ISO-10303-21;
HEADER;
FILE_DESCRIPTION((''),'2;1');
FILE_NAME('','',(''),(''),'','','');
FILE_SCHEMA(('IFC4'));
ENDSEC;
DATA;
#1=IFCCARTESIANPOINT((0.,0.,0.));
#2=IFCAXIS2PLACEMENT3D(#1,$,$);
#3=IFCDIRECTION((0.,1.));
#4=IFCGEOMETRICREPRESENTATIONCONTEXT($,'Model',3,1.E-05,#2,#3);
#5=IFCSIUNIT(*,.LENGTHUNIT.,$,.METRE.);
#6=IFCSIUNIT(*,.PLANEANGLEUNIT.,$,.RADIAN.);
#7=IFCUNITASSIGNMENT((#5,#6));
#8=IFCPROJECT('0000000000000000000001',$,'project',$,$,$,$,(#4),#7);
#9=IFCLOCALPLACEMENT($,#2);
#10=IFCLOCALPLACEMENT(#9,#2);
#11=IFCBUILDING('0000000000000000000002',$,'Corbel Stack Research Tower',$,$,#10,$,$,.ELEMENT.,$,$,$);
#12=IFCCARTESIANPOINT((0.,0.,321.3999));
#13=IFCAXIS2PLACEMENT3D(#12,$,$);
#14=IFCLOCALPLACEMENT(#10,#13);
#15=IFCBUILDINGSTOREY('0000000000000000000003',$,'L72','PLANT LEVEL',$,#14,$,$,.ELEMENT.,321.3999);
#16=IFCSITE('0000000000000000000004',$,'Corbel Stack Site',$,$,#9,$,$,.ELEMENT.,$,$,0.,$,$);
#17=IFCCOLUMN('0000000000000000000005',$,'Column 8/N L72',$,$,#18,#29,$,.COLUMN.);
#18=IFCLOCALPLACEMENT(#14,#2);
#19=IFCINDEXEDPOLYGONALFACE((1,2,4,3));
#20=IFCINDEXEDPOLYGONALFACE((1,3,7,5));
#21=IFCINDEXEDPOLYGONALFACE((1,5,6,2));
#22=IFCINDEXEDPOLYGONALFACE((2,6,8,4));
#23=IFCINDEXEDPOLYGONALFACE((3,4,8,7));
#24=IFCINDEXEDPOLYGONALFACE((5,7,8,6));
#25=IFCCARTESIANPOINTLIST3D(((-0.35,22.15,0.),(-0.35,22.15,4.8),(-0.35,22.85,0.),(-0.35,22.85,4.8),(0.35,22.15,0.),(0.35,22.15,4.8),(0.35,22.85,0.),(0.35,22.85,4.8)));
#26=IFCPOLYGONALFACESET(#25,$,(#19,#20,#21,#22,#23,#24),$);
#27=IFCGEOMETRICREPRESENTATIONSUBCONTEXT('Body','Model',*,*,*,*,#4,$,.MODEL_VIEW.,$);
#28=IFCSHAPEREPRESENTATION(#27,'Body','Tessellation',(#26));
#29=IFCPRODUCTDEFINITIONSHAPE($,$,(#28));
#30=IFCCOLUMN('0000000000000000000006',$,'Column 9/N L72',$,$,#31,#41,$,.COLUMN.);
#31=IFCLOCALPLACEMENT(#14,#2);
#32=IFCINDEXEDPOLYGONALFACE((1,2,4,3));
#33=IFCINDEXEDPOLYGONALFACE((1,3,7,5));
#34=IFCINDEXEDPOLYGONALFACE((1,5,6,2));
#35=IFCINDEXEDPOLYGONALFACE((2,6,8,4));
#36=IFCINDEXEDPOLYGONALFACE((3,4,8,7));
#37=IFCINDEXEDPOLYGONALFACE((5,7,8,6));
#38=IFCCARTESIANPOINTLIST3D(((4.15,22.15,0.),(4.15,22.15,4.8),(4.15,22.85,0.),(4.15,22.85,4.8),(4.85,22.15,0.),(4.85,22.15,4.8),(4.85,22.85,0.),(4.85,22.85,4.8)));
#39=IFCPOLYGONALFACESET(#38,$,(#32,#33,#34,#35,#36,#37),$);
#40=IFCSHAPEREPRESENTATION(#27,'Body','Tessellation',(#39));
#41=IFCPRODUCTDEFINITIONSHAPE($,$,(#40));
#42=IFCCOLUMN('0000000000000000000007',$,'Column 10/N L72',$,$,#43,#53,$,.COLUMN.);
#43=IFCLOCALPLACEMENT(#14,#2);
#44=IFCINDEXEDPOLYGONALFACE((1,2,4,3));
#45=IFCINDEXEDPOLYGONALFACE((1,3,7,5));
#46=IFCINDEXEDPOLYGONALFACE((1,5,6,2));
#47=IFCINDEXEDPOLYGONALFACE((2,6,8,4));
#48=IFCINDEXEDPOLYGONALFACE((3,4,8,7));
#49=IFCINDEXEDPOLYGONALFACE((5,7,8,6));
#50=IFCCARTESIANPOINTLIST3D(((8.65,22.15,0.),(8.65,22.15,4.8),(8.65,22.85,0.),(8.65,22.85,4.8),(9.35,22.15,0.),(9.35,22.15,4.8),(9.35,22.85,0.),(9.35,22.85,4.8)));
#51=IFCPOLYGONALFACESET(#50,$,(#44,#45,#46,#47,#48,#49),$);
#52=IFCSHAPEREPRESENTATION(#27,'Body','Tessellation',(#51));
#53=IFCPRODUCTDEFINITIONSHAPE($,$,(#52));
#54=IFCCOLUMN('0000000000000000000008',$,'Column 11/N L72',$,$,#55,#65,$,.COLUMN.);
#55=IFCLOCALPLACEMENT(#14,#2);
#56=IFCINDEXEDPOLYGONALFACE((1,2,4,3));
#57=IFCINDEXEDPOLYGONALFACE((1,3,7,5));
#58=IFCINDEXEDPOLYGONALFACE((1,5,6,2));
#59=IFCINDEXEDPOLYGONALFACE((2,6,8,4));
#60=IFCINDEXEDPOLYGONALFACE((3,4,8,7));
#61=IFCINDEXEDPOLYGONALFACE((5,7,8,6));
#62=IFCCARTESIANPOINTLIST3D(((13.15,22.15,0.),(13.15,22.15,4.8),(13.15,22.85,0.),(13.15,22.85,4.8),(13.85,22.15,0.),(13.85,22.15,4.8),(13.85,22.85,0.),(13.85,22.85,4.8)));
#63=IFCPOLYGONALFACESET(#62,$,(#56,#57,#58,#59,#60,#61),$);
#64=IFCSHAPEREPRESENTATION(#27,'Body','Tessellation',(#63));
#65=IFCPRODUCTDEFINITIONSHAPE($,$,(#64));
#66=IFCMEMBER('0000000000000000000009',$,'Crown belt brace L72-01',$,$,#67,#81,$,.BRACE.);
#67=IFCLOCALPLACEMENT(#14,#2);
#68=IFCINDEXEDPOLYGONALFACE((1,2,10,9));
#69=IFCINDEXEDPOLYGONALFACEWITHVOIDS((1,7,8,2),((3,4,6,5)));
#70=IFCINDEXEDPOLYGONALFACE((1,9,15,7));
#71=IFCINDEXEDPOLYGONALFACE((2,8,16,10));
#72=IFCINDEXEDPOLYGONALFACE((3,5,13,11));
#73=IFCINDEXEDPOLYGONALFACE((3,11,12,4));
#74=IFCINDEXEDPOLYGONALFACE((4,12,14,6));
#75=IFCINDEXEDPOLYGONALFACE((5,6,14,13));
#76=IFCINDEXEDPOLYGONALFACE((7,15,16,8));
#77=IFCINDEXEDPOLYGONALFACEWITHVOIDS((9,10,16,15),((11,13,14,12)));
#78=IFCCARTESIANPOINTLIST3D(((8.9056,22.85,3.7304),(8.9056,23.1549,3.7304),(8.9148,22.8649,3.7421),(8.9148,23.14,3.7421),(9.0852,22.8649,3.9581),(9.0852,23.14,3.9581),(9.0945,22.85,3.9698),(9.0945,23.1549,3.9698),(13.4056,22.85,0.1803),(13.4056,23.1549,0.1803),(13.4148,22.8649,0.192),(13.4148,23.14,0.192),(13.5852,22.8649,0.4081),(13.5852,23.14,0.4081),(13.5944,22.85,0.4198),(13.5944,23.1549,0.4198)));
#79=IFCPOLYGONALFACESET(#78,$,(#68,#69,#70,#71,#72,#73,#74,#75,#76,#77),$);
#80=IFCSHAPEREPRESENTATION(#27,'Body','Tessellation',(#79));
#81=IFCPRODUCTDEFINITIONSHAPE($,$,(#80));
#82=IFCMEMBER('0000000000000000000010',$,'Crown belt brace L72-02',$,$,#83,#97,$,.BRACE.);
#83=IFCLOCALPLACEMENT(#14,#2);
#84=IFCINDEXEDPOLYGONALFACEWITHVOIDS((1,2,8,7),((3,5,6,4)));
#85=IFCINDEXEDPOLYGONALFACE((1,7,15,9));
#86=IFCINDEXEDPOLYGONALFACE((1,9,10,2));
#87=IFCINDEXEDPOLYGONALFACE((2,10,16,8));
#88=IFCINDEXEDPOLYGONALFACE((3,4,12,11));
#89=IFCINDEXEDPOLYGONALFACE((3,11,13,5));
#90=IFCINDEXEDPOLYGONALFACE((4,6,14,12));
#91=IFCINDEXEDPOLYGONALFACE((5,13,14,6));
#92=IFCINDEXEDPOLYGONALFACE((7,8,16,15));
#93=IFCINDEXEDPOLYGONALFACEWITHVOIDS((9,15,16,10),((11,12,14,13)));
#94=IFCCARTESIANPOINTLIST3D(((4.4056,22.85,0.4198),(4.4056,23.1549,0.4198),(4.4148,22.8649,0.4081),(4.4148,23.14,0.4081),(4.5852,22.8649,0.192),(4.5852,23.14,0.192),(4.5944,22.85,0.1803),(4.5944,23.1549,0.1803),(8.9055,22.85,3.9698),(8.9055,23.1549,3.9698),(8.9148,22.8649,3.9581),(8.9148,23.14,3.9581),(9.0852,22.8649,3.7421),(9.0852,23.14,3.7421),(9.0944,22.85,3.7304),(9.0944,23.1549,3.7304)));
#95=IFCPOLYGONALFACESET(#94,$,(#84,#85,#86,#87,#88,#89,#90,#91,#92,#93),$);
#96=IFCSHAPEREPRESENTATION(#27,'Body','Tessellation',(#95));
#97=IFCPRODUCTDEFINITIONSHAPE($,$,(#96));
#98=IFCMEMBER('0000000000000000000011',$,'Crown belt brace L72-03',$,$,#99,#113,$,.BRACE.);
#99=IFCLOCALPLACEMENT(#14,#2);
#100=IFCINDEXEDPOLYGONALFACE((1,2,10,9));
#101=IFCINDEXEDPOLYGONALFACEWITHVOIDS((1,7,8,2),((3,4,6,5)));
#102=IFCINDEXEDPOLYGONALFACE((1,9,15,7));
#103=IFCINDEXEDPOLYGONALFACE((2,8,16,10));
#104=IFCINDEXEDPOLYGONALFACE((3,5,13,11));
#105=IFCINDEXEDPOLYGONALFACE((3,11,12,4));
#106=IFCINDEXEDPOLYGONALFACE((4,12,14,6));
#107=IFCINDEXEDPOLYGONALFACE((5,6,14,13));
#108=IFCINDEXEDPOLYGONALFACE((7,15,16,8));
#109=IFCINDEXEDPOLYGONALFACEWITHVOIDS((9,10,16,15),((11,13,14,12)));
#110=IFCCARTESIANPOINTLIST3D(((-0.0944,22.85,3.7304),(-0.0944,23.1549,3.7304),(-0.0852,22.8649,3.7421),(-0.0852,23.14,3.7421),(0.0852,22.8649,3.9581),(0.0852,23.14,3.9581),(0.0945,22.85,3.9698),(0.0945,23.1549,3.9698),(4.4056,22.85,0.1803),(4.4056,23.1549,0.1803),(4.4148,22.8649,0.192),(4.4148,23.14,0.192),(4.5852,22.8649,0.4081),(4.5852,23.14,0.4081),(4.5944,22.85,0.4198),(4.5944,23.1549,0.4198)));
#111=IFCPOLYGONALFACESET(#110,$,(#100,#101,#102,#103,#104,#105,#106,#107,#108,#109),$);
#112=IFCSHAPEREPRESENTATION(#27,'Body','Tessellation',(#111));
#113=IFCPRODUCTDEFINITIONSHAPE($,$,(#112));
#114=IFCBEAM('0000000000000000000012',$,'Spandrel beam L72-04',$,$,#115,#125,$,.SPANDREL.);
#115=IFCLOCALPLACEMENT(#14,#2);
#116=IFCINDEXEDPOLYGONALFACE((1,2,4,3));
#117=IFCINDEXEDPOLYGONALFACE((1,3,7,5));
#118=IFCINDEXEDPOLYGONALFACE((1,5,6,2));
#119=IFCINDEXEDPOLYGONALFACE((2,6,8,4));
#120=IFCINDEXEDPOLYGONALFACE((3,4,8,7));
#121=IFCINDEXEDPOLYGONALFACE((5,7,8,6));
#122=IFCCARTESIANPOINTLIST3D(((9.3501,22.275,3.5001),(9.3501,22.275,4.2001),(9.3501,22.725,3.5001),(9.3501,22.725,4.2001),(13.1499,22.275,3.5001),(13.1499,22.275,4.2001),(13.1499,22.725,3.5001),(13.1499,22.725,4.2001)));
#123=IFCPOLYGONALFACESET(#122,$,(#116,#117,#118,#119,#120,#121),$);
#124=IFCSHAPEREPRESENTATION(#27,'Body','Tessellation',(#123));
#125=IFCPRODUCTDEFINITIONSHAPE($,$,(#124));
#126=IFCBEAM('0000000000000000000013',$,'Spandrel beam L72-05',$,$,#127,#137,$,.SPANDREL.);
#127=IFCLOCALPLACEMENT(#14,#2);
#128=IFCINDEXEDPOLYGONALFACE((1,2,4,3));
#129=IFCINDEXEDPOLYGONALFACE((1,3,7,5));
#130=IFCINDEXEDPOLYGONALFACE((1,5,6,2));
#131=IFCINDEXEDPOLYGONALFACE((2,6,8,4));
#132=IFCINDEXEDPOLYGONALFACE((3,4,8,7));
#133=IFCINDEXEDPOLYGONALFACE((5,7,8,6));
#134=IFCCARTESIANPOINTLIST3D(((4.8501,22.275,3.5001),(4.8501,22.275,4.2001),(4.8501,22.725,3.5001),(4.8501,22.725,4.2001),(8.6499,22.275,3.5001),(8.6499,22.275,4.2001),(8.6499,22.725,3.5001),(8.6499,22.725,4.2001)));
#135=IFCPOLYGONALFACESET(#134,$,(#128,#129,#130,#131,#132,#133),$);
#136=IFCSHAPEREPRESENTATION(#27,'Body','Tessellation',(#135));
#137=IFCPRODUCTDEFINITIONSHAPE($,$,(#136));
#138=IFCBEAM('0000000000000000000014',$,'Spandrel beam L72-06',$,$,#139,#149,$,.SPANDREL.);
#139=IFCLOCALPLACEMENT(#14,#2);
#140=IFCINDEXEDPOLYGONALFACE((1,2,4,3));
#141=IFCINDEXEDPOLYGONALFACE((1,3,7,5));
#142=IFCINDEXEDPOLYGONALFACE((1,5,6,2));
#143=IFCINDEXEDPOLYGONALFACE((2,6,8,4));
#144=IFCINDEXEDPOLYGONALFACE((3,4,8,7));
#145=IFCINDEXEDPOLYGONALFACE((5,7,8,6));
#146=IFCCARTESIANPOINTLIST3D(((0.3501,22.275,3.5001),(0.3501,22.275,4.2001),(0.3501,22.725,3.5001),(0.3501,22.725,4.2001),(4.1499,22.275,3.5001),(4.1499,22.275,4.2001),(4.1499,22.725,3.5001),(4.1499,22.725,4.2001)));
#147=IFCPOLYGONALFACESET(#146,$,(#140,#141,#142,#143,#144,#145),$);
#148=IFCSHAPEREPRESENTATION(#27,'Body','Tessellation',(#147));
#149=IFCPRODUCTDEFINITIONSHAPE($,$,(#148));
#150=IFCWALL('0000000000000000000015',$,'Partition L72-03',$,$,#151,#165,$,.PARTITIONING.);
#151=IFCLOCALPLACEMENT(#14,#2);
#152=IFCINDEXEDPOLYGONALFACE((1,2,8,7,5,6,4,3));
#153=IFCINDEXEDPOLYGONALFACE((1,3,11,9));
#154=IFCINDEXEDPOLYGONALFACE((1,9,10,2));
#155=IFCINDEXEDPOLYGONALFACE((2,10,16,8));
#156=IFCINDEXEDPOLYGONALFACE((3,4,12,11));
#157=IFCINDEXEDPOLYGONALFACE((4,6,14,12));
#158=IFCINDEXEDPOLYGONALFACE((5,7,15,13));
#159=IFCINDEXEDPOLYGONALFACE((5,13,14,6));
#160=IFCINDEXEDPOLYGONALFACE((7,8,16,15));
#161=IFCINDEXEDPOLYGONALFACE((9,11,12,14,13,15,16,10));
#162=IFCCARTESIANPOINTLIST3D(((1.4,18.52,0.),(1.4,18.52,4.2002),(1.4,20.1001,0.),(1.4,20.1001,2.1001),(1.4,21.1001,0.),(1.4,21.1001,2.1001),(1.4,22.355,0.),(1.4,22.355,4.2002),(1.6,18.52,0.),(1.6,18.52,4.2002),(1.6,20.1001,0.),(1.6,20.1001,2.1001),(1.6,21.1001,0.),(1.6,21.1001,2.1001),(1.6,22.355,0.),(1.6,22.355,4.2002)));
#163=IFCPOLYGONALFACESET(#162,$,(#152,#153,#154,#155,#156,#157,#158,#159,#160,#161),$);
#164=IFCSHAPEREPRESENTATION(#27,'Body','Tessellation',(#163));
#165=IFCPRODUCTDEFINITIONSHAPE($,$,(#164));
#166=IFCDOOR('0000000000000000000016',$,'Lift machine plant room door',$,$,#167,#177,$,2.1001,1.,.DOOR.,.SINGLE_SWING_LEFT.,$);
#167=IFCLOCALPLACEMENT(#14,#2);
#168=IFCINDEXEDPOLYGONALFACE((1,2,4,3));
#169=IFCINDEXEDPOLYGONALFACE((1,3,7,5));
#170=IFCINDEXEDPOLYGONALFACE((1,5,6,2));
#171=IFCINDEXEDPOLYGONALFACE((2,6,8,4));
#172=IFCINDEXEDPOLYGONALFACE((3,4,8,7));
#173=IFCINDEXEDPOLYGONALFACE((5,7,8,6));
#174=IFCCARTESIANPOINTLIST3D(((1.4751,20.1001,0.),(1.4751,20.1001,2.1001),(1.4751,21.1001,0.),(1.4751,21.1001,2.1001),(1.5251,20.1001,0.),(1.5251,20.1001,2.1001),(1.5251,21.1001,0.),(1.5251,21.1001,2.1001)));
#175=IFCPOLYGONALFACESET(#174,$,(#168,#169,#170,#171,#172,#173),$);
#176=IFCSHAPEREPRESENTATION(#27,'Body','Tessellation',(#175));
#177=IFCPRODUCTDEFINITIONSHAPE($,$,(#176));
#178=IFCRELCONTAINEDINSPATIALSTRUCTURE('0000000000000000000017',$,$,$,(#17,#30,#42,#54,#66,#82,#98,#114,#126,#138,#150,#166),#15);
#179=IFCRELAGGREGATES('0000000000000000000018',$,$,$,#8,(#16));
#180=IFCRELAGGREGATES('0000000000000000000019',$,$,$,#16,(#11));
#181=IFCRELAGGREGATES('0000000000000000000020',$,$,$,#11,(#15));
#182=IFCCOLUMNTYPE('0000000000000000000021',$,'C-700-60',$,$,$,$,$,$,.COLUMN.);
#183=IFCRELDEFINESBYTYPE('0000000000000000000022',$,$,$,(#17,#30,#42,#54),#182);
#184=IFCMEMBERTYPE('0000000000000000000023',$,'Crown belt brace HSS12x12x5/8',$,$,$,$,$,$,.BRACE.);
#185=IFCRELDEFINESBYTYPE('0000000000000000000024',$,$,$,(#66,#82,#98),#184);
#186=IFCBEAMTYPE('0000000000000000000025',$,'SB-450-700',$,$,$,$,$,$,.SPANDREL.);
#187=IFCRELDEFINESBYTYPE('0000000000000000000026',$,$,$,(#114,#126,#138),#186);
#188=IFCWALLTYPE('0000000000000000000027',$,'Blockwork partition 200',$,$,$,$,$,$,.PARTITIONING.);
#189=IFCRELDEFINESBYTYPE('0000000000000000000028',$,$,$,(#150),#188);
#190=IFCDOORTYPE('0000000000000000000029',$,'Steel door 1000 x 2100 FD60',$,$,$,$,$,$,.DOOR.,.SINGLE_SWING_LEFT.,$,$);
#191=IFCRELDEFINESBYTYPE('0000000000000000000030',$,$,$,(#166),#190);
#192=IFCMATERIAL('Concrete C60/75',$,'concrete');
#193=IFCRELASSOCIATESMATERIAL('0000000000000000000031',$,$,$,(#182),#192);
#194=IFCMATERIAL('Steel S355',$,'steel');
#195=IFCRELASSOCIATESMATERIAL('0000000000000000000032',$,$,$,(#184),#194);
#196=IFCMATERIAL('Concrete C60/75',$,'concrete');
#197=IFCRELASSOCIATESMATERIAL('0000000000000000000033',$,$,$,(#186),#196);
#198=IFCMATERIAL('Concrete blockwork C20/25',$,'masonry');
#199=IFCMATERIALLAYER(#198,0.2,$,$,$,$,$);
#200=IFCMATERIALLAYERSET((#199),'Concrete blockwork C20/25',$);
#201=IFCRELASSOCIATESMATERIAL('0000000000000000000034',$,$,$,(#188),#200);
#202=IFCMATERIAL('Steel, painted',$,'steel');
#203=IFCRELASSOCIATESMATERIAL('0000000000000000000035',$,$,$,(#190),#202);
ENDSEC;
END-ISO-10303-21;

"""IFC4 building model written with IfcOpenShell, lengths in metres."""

from ifc_helpers import new_model, si_unit, direction, frame, frame_2d, origin, origin_2d, place, context, subcontext, project, spatial, rectangle, hollow_rectangle, extrude, material, layer, layer_set, material_profile, profile_set, type_object, element, fill, save


model = new_model("IFC4")

# Units and contexts
model_context = context("Model", 3, precision=1e-05, world=origin(), true_north=direction((0.0, 1.0)))
body_context = subcontext(model_context, "Body", "Model", "MODEL_VIEW")
ifc_project = project(units=[si_unit("LENGTHUNIT", "METRE"), si_unit("PLANEANGLEUNIT", "RADIAN")], contexts=[model_context])

# Site, building, storey
site_placement = place(None, origin())
site = spatial("IfcSite", under=ifc_project, at=site_placement, Name="Corbel Stack Site", CompositionType="ELEMENT", RefElevation=0.0)
building_placement = place(site_placement, origin())
building = spatial("IfcBuilding", under=site, at=building_placement, Name="Corbel Stack Research Tower", CompositionType="ELEMENT")
storey_placement = place(building_placement, frame((0.0, 0.0, 321.3999)))
storey = spatial("IfcBuildingStorey", under=building, at=storey_placement, Name="L72", Description="PLANT LEVEL", CompositionType="ELEMENT", Elevation=321.3999)

# Columns
ifc_material_1 = material(Name="Concrete C60/75", Category="concrete")
ifc_material_profile_1 = material_profile(ifc_material_1, rectangle(XDim=0.7, YDim=0.7, at=origin_2d()), Name="RC 700 x 700")
ifc_profile_set_1 = profile_set([ifc_material_profile_1], Name="Concrete C60/75")
column_type = type_object("IfcColumnType", Name="C-700-60", PredefinedType="COLUMN", material=ifc_profile_set_1)
for number, where, z_axis, x_axis, name in (
    (1, (0.0, 22.5, 0.0), (0.0, 0.0, 1.0), (1.0, 0.0, 0.0), "Column 8/N L72"),
    (2, (4.5, 22.5, 0.0), (0.0, 0.0, 1.0), (1.0, 0.0, 0.0), "Column 9/N L72"),
    (3, (9.0, 22.5, 0.0), (0.0, 0.0, 1.0), (1.0, 0.0, 0.0), "Column 10/N L72"),
    (4, (13.5, 22.5, 0.0), (0.0, 0.0, 1.0), (1.0, 0.0, 0.0), "Column 11/N L72"),
):
    element("IfcColumn", number, at=place(storey_placement, frame(where, z_axis=z_axis, x_axis=x_axis)), inside=storey, type_object=column_type, Name=name, PredefinedType="COLUMN", context=body_context, shape_type="SweptSolid", body=[
        extrude(rectangle(XDim=0.7, YDim=0.7, at=origin_2d()), origin(), (0.0, 0.0, 1.0), 4.8),
    ])

# Members
ifc_material_2 = material(Name="Steel S355", Category="steel")
ifc_material_profile_2 = material_profile(ifc_material_2, hollow_rectangle(XDim=0.3049, YDim=0.3049, WallThickness=0.0149, at=origin_2d()), Name="HSS12x12x5/8")
ifc_profile_set_2 = profile_set([ifc_material_profile_2], Name="Steel S355")
member_type = type_object("IfcMemberType", Name="Crown belt brace HSS12x12x5/8", PredefinedType="BRACE", material=ifc_profile_set_2)
for number, where, z_axis, x_axis, name in (
    (5, (13.5, 23.0024, 0.3), (-0.785102, 0.0, 0.619367), (0.0, -1.0, 0.0), "Crown belt brace L72-01"),
    (6, (4.5, 23.0024, 0.3), (0.785102, 0.0, 0.619367), (0.0, 1.0, 0.0), "Crown belt brace L72-02"),
    (7, (4.5, 23.0024, 0.3), (-0.785102, 0.0, 0.619367), (0.0, -1.0, 0.0), "Crown belt brace L72-03"),
):
    element("IfcMember", number, at=place(storey_placement, frame(where, z_axis=z_axis, x_axis=x_axis)), inside=storey, type_object=member_type, Name=name, PredefinedType="BRACE", context=body_context, shape_type="SweptSolid", body=[
        extrude(hollow_rectangle(XDim=0.3049, YDim=0.3049, WallThickness=0.0149, at=origin_2d()), origin(), (0.0, 0.0, 1.0), 5.7317),
    ])

# Beams
ifc_material_3 = material(Name="Concrete C60/75", Category="concrete")
ifc_material_profile_3 = material_profile(ifc_material_3, rectangle(XDim=0.45, YDim=0.7, at=origin_2d()), Name="RC 450 x 700")
ifc_profile_set_3 = profile_set([ifc_material_profile_3], Name="Concrete C60/75")
beam_type = type_object("IfcBeamType", Name="SB-450-700", PredefinedType="SPANDREL", material=ifc_profile_set_3)
for number, where, z_axis, x_axis, name in (
    (8, (13.1499, 22.5, 3.8501), (-1.0, 0.0, 0.0), (0.0, -1.0, 0.0), "Spandrel beam L72-04"),
    (9, (8.6499, 22.5, 3.8501), (-1.0, 0.0, 0.0), (0.0, -1.0, 0.0), "Spandrel beam L72-05"),
    (10, (4.1499, 22.5, 3.8501), (-1.0, 0.0, 0.0), (0.0, -1.0, 0.0), "Spandrel beam L72-06"),
):
    element("IfcBeam", number, at=place(storey_placement, frame(where, z_axis=z_axis, x_axis=x_axis)), inside=storey, type_object=beam_type, Name=name, PredefinedType="SPANDREL", context=body_context, shape_type="SweptSolid", body=[
        extrude(rectangle(XDim=0.45, YDim=0.7, at=origin_2d()), origin(), (0.0, 0.0, 1.0), 3.7998),
    ])

# Wall, opening, door
ifc_material_4 = material(Name="Concrete blockwork C20/25", Category="masonry")
ifc_layer_1 = layer(ifc_material_4, 0.2)
ifc_layer_set_1 = layer_set([ifc_layer_1], Name="Concrete blockwork C20/25")
wall_type_1 = type_object("IfcWallType", Name="Blockwork partition 200", PredefinedType="PARTITIONING", material=ifc_layer_set_1)
wall_1_placement = place(storey_placement, frame((1.5, 18.52, 0.0), z_axis=(0.0, 0.0, 1.0), x_axis=(0.0, 1.0, 0.0)))
wall_1 = element("IfcWall", 11, at=wall_1_placement, inside=storey, type_object=wall_type_1, Name="Partition L72-03", PredefinedType="PARTITIONING", context=body_context, shape_type="SweptSolid", body=[
    extrude(rectangle(XDim=3.835, YDim=0.2, at=frame_2d((1.9175, 0.0))), origin(), (0.0, 0.0, 1.0), 4.2002),
])
opening_1_placement = place(wall_1_placement, frame((1.5801, 0.0, 0.0)))
opening_1 = element("IfcOpeningElement", 12, at=opening_1_placement, cuts=wall_1, PredefinedType="OPENING", context=body_context, shape_type="SweptSolid", body=[
    extrude(rectangle(XDim=1.0, YDim=2.1001, at=frame_2d((0.5, 1.05))), frame((0.0, 0.1099, 0.0), z_axis=(0.0, -1.0, 0.0), x_axis=(1.0, 0.0, 0.0)), (0.0, 0.0, 1.0), 0.22),
])
ifc_material_5 = material(Name="Steel, painted", Category="steel")
door_type = type_object("IfcDoorType", Name="Steel door 1000 x 2100 FD60", OperationType="SINGLE_SWING_LEFT", PredefinedType="DOOR", material=ifc_material_5)
door_1_placement = place(opening_1_placement, origin())
door_1 = element("IfcDoor", 13, at=door_1_placement, inside=storey, type_object=door_type, Name="Lift machine plant room door", OperationType="SINGLE_SWING_LEFT", OverallHeight=2.1001, OverallWidth=1.0, PredefinedType="DOOR", context=body_context, shape_type="SweptSolid", body=[
    extrude(rectangle(XDim=1.0, YDim=2.1001, at=frame_2d((0.5, 1.05))), frame((0.0, 0.0249, 0.0), z_axis=(0.0, -1.0, 0.0), x_axis=(1.0, 0.0, 0.0)), (0.0, 0.0, 1.0), 0.05),
])
fill(opening_1, door_1)

save(model, "model.ifc")
